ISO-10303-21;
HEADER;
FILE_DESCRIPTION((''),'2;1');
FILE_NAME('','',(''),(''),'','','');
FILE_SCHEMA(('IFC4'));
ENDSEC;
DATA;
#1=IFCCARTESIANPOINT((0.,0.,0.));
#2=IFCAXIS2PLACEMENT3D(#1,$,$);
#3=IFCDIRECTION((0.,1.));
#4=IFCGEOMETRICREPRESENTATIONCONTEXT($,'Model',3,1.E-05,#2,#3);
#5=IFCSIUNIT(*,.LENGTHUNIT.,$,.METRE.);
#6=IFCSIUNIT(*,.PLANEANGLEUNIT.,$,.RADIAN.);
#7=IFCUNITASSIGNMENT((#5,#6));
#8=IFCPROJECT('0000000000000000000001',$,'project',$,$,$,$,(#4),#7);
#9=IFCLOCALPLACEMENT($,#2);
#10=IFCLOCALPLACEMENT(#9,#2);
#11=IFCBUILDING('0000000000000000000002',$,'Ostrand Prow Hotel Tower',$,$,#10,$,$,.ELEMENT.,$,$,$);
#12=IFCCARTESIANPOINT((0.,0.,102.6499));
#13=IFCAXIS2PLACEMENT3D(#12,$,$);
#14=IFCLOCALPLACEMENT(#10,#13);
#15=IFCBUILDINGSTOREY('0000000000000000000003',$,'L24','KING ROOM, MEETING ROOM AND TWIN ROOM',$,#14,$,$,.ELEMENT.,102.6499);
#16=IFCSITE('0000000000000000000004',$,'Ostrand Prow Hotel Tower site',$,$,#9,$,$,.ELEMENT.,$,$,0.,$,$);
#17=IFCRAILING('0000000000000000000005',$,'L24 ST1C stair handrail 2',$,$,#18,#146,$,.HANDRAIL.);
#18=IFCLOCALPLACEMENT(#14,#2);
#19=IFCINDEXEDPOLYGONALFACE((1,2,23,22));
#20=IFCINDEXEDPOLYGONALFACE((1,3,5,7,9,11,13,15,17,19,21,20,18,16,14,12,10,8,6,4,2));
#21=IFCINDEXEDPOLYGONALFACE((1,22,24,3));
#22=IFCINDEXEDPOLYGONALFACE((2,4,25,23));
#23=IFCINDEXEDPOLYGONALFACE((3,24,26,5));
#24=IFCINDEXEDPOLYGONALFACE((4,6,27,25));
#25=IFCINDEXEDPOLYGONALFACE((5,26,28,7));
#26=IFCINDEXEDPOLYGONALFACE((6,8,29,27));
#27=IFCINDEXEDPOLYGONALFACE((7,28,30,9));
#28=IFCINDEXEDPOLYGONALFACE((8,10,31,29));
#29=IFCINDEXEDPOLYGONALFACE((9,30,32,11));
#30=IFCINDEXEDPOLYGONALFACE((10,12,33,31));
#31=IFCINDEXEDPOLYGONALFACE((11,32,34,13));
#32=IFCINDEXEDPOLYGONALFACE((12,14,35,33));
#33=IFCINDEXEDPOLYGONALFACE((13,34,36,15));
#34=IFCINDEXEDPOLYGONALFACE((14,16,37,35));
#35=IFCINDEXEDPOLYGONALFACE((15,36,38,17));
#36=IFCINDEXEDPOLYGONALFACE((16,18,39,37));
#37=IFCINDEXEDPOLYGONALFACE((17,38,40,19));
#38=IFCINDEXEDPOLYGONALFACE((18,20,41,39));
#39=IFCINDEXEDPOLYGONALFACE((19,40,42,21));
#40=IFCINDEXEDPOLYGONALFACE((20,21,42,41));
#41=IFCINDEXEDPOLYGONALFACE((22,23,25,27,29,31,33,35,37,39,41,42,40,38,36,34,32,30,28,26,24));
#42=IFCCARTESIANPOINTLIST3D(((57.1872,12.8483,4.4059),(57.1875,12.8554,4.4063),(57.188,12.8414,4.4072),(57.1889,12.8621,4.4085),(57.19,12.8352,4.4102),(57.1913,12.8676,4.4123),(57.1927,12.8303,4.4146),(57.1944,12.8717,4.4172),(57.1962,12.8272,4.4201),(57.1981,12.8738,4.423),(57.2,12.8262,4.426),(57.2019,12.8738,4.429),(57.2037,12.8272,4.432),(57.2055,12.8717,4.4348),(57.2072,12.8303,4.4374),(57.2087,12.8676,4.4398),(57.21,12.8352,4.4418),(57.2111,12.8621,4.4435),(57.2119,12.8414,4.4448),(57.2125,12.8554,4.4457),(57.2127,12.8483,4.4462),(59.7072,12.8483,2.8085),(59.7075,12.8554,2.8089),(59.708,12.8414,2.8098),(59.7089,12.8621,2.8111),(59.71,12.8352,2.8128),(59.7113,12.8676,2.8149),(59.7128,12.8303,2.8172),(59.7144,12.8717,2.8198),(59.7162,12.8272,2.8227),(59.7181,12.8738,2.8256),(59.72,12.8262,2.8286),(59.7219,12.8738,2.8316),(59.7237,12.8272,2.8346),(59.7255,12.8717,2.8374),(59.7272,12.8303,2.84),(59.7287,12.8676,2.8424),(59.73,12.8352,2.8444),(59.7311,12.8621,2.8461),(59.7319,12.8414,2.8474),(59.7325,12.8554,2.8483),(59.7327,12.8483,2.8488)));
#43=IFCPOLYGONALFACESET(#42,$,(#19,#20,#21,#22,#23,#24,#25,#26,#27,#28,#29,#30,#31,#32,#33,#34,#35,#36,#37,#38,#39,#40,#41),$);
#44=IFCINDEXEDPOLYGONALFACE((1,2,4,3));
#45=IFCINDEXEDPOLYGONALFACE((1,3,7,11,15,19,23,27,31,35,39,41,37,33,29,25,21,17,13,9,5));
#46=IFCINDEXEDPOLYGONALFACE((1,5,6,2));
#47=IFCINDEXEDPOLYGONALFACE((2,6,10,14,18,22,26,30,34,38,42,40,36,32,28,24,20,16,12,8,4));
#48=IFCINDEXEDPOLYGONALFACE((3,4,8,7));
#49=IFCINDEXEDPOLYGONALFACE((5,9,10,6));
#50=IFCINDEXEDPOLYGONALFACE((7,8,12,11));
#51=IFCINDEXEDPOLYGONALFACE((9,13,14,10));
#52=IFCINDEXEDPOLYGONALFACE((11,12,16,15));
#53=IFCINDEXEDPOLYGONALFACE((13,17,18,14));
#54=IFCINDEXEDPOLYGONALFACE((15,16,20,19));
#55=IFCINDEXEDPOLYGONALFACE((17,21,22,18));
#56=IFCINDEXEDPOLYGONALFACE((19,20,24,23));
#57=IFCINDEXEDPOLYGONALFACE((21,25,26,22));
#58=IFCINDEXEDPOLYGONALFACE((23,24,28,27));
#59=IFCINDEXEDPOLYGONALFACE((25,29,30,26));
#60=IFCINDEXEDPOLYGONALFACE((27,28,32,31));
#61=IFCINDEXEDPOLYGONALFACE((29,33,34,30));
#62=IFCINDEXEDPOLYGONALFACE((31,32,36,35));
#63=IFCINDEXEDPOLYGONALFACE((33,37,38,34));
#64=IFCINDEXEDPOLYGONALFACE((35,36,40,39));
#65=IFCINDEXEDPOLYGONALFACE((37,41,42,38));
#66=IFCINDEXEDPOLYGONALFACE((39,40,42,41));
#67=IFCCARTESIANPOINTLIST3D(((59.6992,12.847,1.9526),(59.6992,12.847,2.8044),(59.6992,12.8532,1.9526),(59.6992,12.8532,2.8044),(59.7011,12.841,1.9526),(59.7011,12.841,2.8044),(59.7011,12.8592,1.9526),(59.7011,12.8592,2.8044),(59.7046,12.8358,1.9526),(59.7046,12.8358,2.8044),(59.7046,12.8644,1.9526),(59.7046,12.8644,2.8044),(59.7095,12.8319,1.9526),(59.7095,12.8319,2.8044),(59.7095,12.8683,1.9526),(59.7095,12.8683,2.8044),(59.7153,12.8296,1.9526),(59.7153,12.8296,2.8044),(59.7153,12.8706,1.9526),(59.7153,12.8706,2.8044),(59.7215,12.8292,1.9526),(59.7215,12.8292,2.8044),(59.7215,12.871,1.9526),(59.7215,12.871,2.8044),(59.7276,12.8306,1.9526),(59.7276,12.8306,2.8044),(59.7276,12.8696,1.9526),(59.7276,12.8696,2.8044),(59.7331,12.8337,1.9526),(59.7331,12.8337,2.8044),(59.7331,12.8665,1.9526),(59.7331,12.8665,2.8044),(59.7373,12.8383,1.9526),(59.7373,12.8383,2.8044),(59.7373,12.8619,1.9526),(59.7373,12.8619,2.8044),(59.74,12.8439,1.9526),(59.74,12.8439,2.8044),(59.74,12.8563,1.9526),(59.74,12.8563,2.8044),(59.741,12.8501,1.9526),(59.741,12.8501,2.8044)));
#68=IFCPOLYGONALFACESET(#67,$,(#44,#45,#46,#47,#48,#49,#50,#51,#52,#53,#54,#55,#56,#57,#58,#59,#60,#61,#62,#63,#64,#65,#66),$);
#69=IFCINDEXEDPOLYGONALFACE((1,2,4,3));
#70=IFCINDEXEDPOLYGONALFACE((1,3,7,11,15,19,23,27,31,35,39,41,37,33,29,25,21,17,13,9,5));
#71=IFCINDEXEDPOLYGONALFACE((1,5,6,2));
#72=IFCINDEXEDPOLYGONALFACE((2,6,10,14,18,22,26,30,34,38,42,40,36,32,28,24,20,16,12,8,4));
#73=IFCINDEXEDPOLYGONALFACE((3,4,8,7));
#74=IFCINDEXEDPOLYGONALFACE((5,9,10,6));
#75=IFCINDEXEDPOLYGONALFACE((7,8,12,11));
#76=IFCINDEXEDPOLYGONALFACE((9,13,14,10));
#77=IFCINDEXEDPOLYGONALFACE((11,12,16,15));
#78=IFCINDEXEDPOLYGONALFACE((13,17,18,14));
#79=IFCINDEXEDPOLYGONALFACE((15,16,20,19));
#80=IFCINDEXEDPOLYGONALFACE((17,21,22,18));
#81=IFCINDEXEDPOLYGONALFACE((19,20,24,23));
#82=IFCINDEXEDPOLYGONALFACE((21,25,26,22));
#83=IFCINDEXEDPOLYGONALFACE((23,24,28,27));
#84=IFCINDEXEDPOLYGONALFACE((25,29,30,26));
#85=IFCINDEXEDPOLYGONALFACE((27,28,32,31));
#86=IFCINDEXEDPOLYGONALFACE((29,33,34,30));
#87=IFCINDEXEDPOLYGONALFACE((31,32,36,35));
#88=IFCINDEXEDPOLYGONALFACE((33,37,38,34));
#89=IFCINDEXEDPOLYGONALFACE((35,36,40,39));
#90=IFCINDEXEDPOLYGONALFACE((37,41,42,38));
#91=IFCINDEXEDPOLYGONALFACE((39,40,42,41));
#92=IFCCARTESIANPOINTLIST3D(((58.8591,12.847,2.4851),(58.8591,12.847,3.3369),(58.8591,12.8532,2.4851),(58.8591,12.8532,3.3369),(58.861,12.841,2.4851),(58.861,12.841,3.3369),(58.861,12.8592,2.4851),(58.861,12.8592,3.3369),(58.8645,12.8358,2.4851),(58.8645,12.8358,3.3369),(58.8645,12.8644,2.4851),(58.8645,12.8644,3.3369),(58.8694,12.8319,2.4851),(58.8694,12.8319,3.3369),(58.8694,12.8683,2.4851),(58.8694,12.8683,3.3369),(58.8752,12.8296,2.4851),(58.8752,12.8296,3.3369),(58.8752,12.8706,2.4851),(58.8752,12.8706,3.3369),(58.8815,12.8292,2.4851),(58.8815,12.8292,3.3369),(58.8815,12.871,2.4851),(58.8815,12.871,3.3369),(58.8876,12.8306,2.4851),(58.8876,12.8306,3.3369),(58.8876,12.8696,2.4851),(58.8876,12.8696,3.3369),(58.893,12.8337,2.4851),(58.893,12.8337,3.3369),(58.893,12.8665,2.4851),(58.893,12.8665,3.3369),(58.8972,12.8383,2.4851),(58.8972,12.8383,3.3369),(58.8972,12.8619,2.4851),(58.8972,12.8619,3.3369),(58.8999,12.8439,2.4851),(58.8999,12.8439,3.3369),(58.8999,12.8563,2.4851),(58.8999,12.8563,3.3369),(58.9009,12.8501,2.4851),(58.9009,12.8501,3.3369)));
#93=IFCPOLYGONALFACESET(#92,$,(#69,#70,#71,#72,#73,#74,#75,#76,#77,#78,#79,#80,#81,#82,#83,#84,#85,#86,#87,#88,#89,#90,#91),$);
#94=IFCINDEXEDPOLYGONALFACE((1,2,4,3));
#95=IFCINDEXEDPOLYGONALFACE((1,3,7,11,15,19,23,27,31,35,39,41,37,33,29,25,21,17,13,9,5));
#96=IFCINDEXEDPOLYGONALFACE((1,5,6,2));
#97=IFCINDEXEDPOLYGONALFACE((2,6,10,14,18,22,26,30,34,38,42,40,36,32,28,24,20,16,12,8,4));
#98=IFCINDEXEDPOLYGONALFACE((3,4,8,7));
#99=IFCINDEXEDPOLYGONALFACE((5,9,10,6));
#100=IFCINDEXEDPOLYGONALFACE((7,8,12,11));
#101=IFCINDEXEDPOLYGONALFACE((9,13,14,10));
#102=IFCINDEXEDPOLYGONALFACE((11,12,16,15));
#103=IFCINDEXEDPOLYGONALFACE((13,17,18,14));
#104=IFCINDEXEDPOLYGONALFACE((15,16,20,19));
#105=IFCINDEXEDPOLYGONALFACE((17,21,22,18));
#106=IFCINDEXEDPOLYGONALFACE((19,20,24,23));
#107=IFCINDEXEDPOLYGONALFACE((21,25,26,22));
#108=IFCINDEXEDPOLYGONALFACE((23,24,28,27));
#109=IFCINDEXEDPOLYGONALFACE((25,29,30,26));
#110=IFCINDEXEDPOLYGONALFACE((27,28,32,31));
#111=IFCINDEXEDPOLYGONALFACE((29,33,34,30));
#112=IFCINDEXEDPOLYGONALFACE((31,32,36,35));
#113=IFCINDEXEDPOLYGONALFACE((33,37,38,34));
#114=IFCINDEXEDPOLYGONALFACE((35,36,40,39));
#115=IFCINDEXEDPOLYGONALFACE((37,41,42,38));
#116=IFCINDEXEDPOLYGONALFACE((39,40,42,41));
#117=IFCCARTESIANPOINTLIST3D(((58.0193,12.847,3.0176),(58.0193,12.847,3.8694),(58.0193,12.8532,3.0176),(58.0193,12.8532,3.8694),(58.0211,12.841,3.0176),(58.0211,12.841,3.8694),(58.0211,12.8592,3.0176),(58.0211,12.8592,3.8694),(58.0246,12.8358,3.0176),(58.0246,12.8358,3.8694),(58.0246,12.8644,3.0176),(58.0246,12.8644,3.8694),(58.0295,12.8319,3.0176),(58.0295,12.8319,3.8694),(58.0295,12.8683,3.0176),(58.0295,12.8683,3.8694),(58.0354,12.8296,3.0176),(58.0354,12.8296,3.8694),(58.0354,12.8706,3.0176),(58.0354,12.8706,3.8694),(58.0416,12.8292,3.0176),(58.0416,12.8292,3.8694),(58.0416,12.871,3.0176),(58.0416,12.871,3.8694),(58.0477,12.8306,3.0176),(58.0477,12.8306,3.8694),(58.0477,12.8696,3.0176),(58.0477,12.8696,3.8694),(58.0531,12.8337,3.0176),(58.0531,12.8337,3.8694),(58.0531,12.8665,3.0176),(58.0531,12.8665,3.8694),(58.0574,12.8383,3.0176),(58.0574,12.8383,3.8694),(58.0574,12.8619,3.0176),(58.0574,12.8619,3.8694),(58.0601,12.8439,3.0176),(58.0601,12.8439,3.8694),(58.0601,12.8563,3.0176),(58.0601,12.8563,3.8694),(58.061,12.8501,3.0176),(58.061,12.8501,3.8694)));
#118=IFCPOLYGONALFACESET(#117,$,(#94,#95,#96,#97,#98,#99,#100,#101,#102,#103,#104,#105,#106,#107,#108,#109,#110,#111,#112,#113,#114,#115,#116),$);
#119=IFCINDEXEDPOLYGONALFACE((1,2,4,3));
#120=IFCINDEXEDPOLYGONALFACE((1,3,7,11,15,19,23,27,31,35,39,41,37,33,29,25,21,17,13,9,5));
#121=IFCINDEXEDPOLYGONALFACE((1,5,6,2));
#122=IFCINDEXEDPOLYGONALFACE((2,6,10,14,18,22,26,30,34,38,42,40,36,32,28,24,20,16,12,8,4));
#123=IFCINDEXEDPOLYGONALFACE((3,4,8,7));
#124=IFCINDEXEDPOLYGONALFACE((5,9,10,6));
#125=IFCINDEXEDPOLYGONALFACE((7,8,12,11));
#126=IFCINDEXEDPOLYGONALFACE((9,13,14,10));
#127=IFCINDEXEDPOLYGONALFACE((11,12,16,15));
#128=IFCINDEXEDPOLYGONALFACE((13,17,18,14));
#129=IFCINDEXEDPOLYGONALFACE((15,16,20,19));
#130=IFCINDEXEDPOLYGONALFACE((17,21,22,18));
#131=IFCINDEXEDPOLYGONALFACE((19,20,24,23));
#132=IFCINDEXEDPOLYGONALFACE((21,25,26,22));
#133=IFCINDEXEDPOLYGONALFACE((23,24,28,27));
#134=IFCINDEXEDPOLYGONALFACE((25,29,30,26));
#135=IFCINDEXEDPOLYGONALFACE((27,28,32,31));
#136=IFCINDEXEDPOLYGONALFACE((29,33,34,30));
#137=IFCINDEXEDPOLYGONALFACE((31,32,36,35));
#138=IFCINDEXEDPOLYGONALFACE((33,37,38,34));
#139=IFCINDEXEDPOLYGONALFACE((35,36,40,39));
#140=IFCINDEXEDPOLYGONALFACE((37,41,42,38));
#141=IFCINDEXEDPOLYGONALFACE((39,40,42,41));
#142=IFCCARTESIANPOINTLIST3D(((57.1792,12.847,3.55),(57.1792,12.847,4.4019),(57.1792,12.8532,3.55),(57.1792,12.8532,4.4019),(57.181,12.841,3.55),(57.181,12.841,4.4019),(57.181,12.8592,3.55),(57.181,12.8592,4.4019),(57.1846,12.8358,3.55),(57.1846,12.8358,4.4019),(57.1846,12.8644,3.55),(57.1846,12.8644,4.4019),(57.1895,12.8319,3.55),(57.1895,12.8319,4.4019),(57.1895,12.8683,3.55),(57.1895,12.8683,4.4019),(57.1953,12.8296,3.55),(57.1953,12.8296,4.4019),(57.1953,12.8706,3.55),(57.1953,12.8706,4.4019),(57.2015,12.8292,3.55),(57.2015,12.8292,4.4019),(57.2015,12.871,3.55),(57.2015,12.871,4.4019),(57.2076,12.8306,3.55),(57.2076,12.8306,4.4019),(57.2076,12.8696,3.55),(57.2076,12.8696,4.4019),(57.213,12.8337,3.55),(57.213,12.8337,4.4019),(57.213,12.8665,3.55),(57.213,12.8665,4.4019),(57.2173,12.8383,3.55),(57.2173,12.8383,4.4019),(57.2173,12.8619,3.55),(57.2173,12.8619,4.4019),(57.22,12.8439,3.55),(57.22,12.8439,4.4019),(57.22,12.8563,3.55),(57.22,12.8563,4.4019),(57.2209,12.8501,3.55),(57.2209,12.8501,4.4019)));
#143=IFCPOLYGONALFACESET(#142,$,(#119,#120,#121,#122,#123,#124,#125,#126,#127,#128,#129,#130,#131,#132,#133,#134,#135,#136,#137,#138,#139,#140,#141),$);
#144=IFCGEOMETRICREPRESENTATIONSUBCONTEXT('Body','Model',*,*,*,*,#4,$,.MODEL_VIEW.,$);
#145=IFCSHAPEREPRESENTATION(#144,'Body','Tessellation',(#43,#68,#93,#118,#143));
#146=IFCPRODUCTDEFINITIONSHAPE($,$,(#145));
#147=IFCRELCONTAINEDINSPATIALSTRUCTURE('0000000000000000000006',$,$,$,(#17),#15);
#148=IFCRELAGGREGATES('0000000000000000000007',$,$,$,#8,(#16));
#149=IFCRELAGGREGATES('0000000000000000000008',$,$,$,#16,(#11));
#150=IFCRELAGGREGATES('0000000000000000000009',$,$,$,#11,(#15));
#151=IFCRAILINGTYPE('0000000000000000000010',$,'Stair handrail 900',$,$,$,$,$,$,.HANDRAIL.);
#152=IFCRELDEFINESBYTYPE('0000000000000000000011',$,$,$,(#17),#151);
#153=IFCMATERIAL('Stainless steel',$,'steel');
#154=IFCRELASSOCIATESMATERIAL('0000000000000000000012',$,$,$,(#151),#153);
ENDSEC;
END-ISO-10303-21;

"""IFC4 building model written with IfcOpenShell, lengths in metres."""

from ifc_helpers import new_model, si_unit, direction, frame, origin, origin_2d, place, context, subcontext, project, spatial, circle, extrude, material, type_object, element, save


model = new_model("IFC4")

# Units and contexts
model_context = context("Model", 3, precision=1e-05, world=origin(), true_north=direction((0.0, 1.0)))
body_context = subcontext(model_context, "Body", "Model", "MODEL_VIEW")
ifc_project = project(units=[si_unit("LENGTHUNIT", "METRE"), si_unit("PLANEANGLEUNIT", "RADIAN")], contexts=[model_context])

# Site, building, storey
site_placement = place(None, origin())
site = spatial("IfcSite", under=ifc_project, at=site_placement, Name="Ostrand Prow Hotel Tower site", CompositionType="ELEMENT", RefElevation=0.0)
building_placement = place(site_placement, origin())
building = spatial("IfcBuilding", under=site, at=building_placement, Name="Ostrand Prow Hotel Tower", CompositionType="ELEMENT")
storey_placement = place(building_placement, frame((0.0, 0.0, 102.6499)))
storey = spatial("IfcBuildingStorey", under=building, at=storey_placement, Name="L24", Description="KING ROOM, MEETING ROOM AND TWIN ROOM", CompositionType="ELEMENT", Elevation=102.6499)

# Railing
ifc_material_1 = material(Name="Stainless steel", Category="steel")
railing_type_1 = type_object("IfcRailingType", Name="Stair handrail 900", PredefinedType="HANDRAIL", material=ifc_material_1)
railing_1_placement = place(storey_placement, frame((59.72, 12.8501, 1.9526)))
element("IfcRailing", 1, at=railing_1_placement, inside=storey, type_object=railing_type_1, Name="L24 ST1C stair handrail 2", PredefinedType="HANDRAIL", context=body_context, shape_type="SweptSolid", body=[
    extrude(circle(Radius=0.0239, at=origin_2d()), frame((0.0, 0.0, 0.876), z_axis=(-0.844607, 0.0, 0.535387), x_axis=(0.0, -1.0, 0.0)), (0.0, 0.0, 1.0), 2.9836),
    extrude(circle(Radius=0.021, at=origin_2d()), origin(), (0.0, 0.0, 1.0), 0.8518),
    extrude(circle(Radius=0.021, at=origin_2d()), frame((-0.8401, 0.0, 0.5325)), (0.0, 0.0, 1.0), 0.8518),
    extrude(circle(Radius=0.021, at=origin_2d()), frame((-1.6799, 0.0, 1.0649)), (0.0, 0.0, 1.0), 0.8518),
    extrude(circle(Radius=0.021, at=origin_2d()), frame((-2.52, 0.0, 1.5974)), (0.0, 0.0, 1.0), 0.8518),
])

save(model, "model.ifc")
